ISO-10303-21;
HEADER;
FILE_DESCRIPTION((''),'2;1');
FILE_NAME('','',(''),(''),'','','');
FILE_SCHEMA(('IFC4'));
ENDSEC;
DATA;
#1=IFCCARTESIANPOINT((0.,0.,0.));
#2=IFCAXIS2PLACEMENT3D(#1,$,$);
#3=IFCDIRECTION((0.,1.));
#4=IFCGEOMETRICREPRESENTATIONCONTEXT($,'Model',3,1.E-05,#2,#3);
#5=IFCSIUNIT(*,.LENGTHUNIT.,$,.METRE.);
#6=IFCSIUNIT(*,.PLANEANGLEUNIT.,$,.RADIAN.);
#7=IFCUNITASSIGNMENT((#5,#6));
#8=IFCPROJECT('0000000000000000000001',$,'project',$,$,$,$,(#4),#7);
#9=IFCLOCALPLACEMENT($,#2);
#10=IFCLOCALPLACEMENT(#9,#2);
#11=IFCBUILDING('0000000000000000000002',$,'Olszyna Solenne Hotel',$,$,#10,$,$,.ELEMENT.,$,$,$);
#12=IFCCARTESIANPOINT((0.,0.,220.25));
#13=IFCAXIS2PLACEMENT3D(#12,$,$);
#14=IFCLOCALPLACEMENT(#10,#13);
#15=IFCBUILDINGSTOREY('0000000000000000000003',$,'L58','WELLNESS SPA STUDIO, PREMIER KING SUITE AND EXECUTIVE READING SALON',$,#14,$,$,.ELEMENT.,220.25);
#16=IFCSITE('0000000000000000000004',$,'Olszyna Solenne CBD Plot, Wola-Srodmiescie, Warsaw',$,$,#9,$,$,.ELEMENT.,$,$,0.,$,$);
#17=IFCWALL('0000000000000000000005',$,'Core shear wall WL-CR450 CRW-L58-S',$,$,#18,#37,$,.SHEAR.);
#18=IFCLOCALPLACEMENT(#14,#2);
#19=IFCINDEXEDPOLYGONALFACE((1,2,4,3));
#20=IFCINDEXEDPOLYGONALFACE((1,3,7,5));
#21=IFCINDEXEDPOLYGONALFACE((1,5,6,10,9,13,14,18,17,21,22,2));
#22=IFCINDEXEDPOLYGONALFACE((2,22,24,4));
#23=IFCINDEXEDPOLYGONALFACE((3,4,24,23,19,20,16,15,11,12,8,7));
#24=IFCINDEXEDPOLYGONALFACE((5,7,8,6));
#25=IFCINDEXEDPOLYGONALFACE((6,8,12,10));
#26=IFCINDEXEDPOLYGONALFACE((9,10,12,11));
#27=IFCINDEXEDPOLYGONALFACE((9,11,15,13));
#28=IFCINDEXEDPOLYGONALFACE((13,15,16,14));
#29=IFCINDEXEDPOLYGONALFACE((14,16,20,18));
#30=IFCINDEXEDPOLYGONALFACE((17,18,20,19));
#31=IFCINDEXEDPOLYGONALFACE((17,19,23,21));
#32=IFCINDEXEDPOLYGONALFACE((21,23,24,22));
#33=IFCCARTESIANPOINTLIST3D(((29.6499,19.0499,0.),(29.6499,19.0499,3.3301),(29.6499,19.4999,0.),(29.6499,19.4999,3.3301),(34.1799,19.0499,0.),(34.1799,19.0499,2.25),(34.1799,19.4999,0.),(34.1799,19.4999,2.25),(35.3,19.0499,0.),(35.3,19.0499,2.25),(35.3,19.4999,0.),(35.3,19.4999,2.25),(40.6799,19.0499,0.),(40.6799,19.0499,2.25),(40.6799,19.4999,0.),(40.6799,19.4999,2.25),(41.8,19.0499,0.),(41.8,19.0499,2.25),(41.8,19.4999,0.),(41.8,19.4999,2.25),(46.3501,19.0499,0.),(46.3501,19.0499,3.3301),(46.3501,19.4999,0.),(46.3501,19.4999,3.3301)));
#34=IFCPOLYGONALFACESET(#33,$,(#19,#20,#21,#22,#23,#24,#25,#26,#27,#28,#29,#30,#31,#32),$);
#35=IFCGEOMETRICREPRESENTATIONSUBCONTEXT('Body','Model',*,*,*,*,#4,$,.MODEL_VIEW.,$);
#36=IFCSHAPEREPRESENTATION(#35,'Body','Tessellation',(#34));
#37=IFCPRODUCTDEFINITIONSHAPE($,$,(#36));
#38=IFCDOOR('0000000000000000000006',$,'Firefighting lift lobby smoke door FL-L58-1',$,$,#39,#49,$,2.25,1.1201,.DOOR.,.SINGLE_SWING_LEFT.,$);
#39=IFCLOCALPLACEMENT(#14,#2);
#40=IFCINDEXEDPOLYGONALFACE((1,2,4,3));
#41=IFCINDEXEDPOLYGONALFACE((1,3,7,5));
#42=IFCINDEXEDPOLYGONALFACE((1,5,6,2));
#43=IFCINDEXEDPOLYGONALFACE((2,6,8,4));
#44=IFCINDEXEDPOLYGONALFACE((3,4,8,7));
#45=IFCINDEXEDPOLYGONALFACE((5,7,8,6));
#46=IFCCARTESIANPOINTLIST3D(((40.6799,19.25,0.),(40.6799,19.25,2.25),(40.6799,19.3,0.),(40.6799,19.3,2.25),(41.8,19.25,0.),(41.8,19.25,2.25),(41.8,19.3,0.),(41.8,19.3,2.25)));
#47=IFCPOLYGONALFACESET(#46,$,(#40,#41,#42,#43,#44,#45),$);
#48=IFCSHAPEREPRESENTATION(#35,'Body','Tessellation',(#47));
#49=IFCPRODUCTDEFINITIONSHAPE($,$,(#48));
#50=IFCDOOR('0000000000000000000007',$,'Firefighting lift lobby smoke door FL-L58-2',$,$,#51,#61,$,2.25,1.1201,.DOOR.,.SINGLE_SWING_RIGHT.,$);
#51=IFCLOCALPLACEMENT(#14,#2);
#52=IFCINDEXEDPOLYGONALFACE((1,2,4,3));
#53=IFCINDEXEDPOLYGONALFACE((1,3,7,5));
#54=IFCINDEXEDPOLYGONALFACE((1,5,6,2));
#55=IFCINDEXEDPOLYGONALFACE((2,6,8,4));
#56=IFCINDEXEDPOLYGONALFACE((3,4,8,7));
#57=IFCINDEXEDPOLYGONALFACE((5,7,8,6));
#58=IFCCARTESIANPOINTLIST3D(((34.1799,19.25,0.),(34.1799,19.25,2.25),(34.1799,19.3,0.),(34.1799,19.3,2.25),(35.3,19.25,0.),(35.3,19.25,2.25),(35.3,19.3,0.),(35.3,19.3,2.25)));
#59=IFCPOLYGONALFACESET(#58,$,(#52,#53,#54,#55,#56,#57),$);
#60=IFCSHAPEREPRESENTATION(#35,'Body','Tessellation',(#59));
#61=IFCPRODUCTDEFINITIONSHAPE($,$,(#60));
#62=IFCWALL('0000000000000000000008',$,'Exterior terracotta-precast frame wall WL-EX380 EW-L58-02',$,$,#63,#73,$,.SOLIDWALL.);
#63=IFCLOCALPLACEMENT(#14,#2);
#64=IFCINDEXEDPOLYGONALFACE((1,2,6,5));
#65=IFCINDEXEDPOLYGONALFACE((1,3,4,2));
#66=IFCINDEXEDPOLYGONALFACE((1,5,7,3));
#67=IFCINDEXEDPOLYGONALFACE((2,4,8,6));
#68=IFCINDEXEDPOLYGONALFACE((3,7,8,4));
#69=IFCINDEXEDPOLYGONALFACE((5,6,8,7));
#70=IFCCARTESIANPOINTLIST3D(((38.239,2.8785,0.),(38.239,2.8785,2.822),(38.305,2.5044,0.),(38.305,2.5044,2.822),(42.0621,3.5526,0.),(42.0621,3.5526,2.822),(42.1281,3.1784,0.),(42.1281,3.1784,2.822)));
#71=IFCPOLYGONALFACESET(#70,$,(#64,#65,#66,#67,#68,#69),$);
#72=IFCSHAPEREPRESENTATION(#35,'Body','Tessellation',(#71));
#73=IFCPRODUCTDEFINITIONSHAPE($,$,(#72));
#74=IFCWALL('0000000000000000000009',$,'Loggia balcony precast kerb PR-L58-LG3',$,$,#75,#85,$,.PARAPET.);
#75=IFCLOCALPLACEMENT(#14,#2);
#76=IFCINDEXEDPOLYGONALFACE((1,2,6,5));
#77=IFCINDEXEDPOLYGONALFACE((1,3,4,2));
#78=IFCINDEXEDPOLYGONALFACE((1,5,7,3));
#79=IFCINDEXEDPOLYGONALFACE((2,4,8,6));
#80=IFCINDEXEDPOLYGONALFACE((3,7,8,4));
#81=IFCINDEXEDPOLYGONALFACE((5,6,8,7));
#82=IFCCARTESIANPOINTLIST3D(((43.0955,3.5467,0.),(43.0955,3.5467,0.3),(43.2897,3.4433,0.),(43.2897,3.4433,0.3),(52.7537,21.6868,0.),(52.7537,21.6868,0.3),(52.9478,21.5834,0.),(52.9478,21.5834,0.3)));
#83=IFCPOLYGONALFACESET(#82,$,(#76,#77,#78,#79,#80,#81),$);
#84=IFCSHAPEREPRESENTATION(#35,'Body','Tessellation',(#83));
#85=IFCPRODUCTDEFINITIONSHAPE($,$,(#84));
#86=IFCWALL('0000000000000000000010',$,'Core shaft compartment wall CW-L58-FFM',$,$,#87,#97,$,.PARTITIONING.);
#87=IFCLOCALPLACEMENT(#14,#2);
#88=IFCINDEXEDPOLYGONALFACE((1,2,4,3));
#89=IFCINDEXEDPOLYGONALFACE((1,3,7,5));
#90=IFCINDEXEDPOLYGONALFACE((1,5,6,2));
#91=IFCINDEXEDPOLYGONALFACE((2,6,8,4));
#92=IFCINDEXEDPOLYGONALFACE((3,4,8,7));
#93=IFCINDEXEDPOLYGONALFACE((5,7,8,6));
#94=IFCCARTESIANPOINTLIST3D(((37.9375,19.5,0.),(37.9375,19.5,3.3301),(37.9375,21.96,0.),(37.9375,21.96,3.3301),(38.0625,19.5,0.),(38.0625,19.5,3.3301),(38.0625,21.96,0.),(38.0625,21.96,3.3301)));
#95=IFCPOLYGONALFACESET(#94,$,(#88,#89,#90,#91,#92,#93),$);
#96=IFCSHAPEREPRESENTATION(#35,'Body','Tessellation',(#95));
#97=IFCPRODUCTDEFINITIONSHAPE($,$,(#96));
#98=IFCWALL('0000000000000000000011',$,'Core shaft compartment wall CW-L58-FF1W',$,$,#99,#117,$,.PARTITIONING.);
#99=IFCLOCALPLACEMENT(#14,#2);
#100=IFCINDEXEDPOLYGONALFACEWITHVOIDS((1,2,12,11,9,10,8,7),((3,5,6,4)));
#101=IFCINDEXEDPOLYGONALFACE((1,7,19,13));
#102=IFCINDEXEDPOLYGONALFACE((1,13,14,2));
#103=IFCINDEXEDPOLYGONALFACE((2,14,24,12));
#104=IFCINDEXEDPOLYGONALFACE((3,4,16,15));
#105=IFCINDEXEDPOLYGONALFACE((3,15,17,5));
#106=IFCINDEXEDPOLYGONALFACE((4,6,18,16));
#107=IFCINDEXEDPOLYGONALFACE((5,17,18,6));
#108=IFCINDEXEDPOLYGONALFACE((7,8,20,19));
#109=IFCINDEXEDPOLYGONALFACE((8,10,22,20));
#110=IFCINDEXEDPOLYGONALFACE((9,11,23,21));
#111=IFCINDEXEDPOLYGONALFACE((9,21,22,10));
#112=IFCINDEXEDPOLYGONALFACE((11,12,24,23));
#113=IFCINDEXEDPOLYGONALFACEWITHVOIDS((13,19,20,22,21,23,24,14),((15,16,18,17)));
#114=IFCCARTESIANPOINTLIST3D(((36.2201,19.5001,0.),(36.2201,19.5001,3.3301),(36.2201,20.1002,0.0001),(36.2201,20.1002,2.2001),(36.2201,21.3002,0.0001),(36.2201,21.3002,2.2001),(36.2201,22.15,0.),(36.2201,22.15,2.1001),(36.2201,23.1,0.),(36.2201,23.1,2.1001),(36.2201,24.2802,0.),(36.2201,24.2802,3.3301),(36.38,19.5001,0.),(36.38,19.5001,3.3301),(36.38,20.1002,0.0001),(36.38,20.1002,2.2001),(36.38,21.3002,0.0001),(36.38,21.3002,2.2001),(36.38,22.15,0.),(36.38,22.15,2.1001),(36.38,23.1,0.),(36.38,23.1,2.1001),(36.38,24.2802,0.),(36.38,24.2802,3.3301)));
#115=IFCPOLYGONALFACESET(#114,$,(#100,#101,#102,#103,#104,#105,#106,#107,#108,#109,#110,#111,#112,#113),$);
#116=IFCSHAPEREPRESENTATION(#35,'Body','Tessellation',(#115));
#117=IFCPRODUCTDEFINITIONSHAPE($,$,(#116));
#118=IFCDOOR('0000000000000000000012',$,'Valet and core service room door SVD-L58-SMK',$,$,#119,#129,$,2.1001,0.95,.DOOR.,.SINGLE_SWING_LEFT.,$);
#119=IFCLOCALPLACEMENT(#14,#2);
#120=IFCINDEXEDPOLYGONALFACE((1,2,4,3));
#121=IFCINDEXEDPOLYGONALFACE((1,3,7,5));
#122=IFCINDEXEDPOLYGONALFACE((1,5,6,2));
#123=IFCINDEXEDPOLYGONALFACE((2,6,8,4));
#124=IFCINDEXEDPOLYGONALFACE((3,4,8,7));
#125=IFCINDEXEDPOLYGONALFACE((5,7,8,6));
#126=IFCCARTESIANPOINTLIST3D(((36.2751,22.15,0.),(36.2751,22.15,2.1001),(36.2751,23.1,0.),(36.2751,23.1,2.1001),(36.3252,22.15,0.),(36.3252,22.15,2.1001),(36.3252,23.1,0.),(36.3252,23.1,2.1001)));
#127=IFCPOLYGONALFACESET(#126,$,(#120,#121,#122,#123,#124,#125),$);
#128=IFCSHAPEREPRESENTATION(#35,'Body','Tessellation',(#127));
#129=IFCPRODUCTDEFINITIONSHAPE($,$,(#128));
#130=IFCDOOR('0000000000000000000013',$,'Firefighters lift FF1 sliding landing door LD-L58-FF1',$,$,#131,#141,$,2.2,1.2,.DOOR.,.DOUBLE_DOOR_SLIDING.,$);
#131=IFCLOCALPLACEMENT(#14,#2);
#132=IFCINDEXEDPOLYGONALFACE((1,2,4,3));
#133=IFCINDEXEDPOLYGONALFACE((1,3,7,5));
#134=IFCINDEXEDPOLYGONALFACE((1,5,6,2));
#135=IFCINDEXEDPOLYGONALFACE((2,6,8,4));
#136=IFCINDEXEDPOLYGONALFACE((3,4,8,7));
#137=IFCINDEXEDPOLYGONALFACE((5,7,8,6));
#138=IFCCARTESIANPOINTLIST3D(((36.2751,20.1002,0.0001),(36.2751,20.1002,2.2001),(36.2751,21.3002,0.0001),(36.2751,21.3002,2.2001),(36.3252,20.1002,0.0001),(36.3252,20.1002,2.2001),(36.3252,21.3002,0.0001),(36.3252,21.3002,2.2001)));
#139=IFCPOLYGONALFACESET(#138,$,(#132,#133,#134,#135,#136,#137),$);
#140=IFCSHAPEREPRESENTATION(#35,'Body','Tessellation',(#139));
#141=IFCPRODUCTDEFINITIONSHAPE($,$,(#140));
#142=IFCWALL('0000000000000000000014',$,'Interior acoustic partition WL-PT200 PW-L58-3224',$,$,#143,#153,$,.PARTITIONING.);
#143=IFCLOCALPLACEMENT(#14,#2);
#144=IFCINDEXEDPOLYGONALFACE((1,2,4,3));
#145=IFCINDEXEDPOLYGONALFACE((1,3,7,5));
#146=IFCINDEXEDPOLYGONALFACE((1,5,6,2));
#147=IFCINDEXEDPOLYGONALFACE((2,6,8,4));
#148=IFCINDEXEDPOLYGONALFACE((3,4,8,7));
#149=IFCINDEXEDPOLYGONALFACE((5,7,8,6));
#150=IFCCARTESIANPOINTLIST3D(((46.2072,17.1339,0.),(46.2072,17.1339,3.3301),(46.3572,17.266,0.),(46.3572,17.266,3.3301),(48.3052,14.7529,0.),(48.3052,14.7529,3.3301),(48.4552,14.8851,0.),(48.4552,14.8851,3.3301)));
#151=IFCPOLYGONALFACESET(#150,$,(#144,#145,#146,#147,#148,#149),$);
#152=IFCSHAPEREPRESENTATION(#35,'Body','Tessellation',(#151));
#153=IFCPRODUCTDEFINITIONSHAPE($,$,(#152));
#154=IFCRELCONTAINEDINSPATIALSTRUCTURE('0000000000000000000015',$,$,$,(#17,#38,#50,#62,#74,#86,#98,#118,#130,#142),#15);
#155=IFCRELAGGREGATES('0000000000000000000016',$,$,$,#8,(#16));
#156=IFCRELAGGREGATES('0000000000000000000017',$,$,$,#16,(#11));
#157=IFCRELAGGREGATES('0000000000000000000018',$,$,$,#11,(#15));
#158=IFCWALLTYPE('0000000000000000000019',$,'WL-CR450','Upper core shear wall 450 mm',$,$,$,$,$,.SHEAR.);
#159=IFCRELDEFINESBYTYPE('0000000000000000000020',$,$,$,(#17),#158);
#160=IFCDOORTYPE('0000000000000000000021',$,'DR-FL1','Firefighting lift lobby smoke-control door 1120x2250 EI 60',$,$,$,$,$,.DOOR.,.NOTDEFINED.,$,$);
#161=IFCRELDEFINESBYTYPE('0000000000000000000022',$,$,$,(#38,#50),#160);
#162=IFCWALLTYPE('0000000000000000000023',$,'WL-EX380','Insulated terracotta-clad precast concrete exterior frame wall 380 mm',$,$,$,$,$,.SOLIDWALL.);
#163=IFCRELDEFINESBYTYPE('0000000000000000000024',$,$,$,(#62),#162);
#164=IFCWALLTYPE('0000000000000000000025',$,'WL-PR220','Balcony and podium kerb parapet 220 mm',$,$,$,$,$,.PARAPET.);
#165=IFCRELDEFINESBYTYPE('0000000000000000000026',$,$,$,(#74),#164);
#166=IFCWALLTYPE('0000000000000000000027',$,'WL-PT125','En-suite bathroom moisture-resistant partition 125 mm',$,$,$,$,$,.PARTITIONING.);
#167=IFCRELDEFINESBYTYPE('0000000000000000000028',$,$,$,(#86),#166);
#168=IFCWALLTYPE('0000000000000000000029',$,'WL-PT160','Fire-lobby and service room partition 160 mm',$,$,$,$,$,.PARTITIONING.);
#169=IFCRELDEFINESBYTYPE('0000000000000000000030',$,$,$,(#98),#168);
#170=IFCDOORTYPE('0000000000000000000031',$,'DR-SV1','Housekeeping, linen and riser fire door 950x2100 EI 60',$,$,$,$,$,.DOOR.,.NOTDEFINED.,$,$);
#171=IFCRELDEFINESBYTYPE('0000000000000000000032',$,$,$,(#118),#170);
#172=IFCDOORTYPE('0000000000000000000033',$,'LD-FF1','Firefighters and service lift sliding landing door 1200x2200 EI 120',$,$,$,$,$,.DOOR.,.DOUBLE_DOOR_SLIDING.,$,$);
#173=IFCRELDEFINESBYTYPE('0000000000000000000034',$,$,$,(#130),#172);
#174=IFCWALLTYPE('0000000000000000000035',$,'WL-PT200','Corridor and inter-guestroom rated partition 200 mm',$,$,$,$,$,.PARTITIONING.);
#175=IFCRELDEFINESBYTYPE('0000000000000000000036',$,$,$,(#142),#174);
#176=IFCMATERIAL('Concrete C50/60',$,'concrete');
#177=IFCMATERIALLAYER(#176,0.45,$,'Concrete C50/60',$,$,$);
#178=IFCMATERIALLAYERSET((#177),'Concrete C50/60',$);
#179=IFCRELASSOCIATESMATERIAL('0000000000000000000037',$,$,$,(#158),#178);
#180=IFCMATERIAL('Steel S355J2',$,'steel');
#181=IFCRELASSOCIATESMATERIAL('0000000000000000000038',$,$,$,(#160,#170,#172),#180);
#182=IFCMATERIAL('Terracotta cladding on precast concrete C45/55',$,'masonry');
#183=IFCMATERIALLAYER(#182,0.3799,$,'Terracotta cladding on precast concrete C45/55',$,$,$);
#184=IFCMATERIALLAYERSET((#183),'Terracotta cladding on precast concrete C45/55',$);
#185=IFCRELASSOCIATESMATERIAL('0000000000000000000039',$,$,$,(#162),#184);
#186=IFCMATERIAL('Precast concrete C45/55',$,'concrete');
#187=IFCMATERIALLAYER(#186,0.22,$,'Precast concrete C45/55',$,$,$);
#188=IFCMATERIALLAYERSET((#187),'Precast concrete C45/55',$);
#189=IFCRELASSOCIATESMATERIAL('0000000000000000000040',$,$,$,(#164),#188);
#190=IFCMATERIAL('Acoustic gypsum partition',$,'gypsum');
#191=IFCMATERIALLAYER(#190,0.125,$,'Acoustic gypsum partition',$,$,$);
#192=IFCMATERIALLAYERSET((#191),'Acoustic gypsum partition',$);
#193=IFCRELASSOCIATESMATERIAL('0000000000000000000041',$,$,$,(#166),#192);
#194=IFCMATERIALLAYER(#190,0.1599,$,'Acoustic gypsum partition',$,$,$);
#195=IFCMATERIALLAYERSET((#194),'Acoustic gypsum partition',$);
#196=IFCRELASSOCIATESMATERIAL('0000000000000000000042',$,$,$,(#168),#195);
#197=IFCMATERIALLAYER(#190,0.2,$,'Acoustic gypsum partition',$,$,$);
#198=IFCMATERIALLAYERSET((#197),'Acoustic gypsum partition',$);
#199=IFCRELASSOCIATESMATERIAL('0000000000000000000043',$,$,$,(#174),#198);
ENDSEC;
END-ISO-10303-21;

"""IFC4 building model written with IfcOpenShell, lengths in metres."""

from ifc_helpers import new_model, si_unit, direction, frame, frame_2d, origin, place, context, subcontext, project, spatial, rectangle, extrude, source, transform, mapped, material, layer, layer_set, type_object, type_shapes, element, fill, save


model = new_model("IFC4")

# Units and contexts
model_context = context("Model", 3, precision=1e-05, world=origin(), true_north=direction((0.0, 1.0)))
body_context = subcontext(model_context, "Body", "Model", "MODEL_VIEW")
ifc_project = project(units=[si_unit("LENGTHUNIT", "METRE"), si_unit("PLANEANGLEUNIT", "RADIAN")], contexts=[model_context])

# Site, building, storey
site_placement = place(None, origin())
site = spatial("IfcSite", under=ifc_project, at=site_placement, Name="Olszyna Solenne CBD Plot, Wola-Srodmiescie, Warsaw", CompositionType="ELEMENT", RefElevation=0.0)
building_placement = place(site_placement, origin())
building = spatial("IfcBuilding", under=site, at=building_placement, Name="Olszyna Solenne Hotel", CompositionType="ELEMENT")
storey_placement = place(building_placement, frame((0.0, 0.0, 220.25)))
storey = spatial("IfcBuildingStorey", under=building, at=storey_placement, Name="L58", Description="WELLNESS SPA STUDIO, PREMIER KING SUITE AND EXECUTIVE READING SALON", CompositionType="ELEMENT", Elevation=220.25)

# Shared definitions
ifc_material_1 = material(Name="Steel S355J2", Category="steel")

# Wall, openings, doors
ifc_material_2 = material(Name="Concrete C50/60", Category="concrete")
ifc_layer_1 = layer(ifc_material_2, 0.45, Name="Concrete C50/60")
ifc_layer_set_1 = layer_set([ifc_layer_1], Name="Concrete C50/60")
wall_type_1 = type_object("IfcWallType", Name="WL-CR450", Description="Upper core shear wall 450 mm", PredefinedType="SHEAR", material=ifc_layer_set_1)
wall_1_placement = place(storey_placement, frame((46.3501, 19.2749, 0.0), z_axis=(0.0, 0.0, 1.0), x_axis=(-1.0, 0.0, 0.0)))
wall_1 = element("IfcWall", 1, at=wall_1_placement, inside=storey, type_object=wall_type_1, Name="Core shear wall WL-CR450 CRW-L58-S", PredefinedType="SHEAR", context=body_context, shape_type="SweptSolid", body=[
    extrude(rectangle(XDim=16.7002, YDim=0.45, at=frame_2d((8.3501, 0.0))), origin(), (0.0, 0.0, 1.0), 3.3301),
])
opening_1_placement = place(wall_1_placement, frame((4.55, 0.0, 0.0)))
opening_1 = element("IfcOpeningElement", 2, at=opening_1_placement, cuts=wall_1, PredefinedType="OPENING", context=body_context, shape_type="SweptSolid", body=[
    extrude(rectangle(XDim=1.1201, YDim=2.25, at=frame_2d((0.5601, 1.125))), frame((0.0, 0.2349, 0.0), z_axis=(0.0, -1.0, 0.0), x_axis=(1.0, 0.0, 0.0)), (0.0, 0.0, 1.0), 0.47),
])
opening_2_placement = place(wall_1_placement, frame((11.05, 0.0, 0.0)))
opening_2 = element("IfcOpeningElement", 3, at=opening_2_placement, cuts=wall_1, PredefinedType="OPENING", context=body_context, shape_type="SweptSolid", body=[
    extrude(rectangle(XDim=1.1201, YDim=2.25, at=frame_2d((0.5601, 1.125))), frame((0.0, 0.2349, 0.0), z_axis=(0.0, -1.0, 0.0), x_axis=(1.0, 0.0, 0.0)), (0.0, 0.0, 1.0), 0.47),
])
door_type_1 = type_object("IfcDoorType", Name="DR-FL1", Description="Firefighting lift lobby smoke-control door 1120x2250 EI 60", OperationType="NOTDEFINED", PredefinedType="DOOR", material=ifc_material_1)
shared_shape_1 = source(origin(), body_context, "Body", "SweptSolid", [
    extrude(rectangle(XDim=1.1201, YDim=2.25, at=frame_2d((0.5601, 1.125))), frame((0.0, 0.0249, 0.0), z_axis=(0.0, -1.0, 0.0), x_axis=(1.0, 0.0, 0.0)), (0.0, 0.0, 1.0), 0.05),
])
type_shapes(door_type_1, [shared_shape_1])
door_1_placement = place(opening_1_placement, origin())
door_1 = element("IfcDoor", 4, at=door_1_placement, inside=storey, type_object=door_type_1, Name="Firefighting lift lobby smoke door FL-L58-1", OperationType="SINGLE_SWING_LEFT", OverallHeight=2.25, OverallWidth=1.1201, PredefinedType="DOOR", context=body_context, shape_type="MappedRepresentation", body=[
    mapped(shared_shape_1, transform((0.0, 0.0, 0.0), x_axis=(1.0, 0.0, 0.0), y_axis=(0.0, 1.0, 0.0), z_axis=(0.0, 0.0, 1.0), scale=1.0)),
])
fill(opening_1, door_1)
door_2_placement = place(opening_2_placement, origin())
door_2 = element("IfcDoor", 5, at=door_2_placement, inside=storey, type_object=door_type_1, Name="Firefighting lift lobby smoke door FL-L58-2", OperationType="SINGLE_SWING_RIGHT", OverallHeight=2.25, OverallWidth=1.1201, PredefinedType="DOOR", context=body_context, shape_type="MappedRepresentation", body=[
    mapped(shared_shape_1, transform((0.0, 0.0, 0.0), x_axis=(1.0, 0.0, 0.0), y_axis=(0.0, 1.0, 0.0), z_axis=(0.0, 0.0, 1.0), scale=1.0)),
])
fill(opening_2, door_2)

# Walls
ifc_material_3 = material(Name="Terracotta cladding on precast concrete C45/55", Category="masonry")
ifc_layer_2 = layer(ifc_material_3, 0.3799, Name="Terracotta cladding on precast concrete C45/55")
ifc_layer_set_2 = layer_set([ifc_layer_2], Name="Terracotta cladding on precast concrete C45/55")
wall_type_2 = type_object("IfcWallType", Name="WL-EX380", Description="Insulated terracotta-clad precast concrete exterior frame wall 380 mm", PredefinedType="SOLIDWALL", material=ifc_layer_set_2)
wall_2_placement = place(storey_placement, frame((42.095, 3.3655, 0.0), z_axis=(0.0, 0.0, 1.0), x_axis=(-0.984809, -0.173642, 0.0)))
element("IfcWall", 6, at=wall_2_placement, inside=storey, type_object=wall_type_2, Name="Exterior terracotta-precast frame wall WL-EX380 EW-L58-02", PredefinedType="SOLIDWALL", context=body_context, shape_type="SweptSolid", body=[
    extrude(rectangle(XDim=3.8821, YDim=0.3799, at=frame_2d((1.9409, 0.0))), origin(), (0.0, 0.0, 1.0), 2.822),
])
ifc_material_4 = material(Name="Precast concrete C45/55", Category="concrete")
ifc_layer_3 = layer(ifc_material_4, 0.22, Name="Precast concrete C45/55")
ifc_layer_set_3 = layer_set([ifc_layer_3], Name="Precast concrete C45/55")
wall_type_3 = type_object("IfcWallType", Name="WL-PR220", Description="Balcony and podium kerb parapet 220 mm", PredefinedType="PARAPET", material=ifc_layer_set_3)
wall_3_placement = place(storey_placement, frame((43.1926, 3.4951, 0.0), z_axis=(0.0, 0.0, 1.0), x_axis=(0.469962, 0.882687, 0.0)))
element("IfcWall", 7, at=wall_3_placement, inside=storey, type_object=wall_type_3, Name="Loggia balcony precast kerb PR-L58-LG3", PredefinedType="PARAPET", context=body_context, shape_type="SweptSolid", body=[
    extrude(rectangle(XDim=20.551, YDim=0.22, at=frame_2d((10.2754, 0.0))), origin(), (0.0, 0.0, 1.0), 0.3),
])
ifc_material_5 = material(Name="Acoustic gypsum partition", Category="gypsum")
ifc_layer_4 = layer(ifc_material_5, 0.125, Name="Acoustic gypsum partition")
ifc_layer_set_4 = layer_set([ifc_layer_4], Name="Acoustic gypsum partition")
wall_type_4 = type_object("IfcWallType", Name="WL-PT125", Description="En-suite bathroom moisture-resistant partition 125 mm", PredefinedType="PARTITIONING", material=ifc_layer_set_4)
wall_4_placement = place(storey_placement, frame((38.0, 19.5, 0.0), z_axis=(0.0, 0.0, 1.0), x_axis=(0.0, 1.0, 0.0)))
element("IfcWall", 8, at=wall_4_placement, inside=storey, type_object=wall_type_4, Name="Core shaft compartment wall CW-L58-FFM", PredefinedType="PARTITIONING", context=body_context, shape_type="SweptSolid", body=[
    extrude(rectangle(XDim=2.46, YDim=0.125, at=frame_2d((1.23, 0.0))), origin(), (0.0, 0.0, 1.0), 3.3301),
])

# Wall, openings, doors
ifc_layer_5 = layer(ifc_material_5, 0.1599, Name="Acoustic gypsum partition")
ifc_layer_set_5 = layer_set([ifc_layer_5], Name="Acoustic gypsum partition")
wall_type_5 = type_object("IfcWallType", Name="WL-PT160", Description="Fire-lobby and service room partition 160 mm", PredefinedType="PARTITIONING", material=ifc_layer_set_5)
wall_5_placement = place(storey_placement, frame((36.3, 19.5, 0.0), z_axis=(0.0, 0.0, 1.0), x_axis=(0.0, 1.0, 0.0)))
wall_5 = element("IfcWall", 9, at=wall_5_placement, inside=storey, type_object=wall_type_5, Name="Core shaft compartment wall CW-L58-FF1W", PredefinedType="PARTITIONING", context=body_context, shape_type="SweptSolid", body=[
    extrude(rectangle(XDim=4.78, YDim=0.1599, at=frame_2d((2.3901, 0.0))), origin(), (0.0, 0.0, 1.0), 3.3301),
])
opening_3_placement = place(wall_5_placement, frame((0.6001, 0.0, 0.0)))
opening_3 = element("IfcOpeningElement", 10, at=opening_3_placement, cuts=wall_5, PredefinedType="OPENING", context=body_context, shape_type="SweptSolid", body=[
    extrude(rectangle(XDim=1.2, YDim=2.2, at=frame_2d((0.6001, 1.1001))), frame((0.0, 0.0898, 0.0), z_axis=(0.0, -1.0, 0.0), x_axis=(1.0, 0.0, 0.0)), (0.0, 0.0, 1.0), 0.1799),
])
opening_4_placement = place(wall_5_placement, frame((2.6499, 0.0, 0.0)))
opening_4 = element("IfcOpeningElement", 11, at=opening_4_placement, cuts=wall_5, PredefinedType="OPENING", context=body_context, shape_type="SweptSolid", body=[
    extrude(rectangle(XDim=0.95, YDim=2.1001, at=frame_2d((0.4751, 1.05))), frame((0.0, 0.0898, 0.0), z_axis=(0.0, -1.0, 0.0), x_axis=(1.0, 0.0, 0.0)), (0.0, 0.0, 1.0), 0.1799),
])
door_type_2 = type_object("IfcDoorType", Name="DR-SV1", Description="Housekeeping, linen and riser fire door 950x2100 EI 60", OperationType="NOTDEFINED", PredefinedType="DOOR", material=ifc_material_1)
shared_shape_2 = source(origin(), body_context, "Body", "SweptSolid", [
    extrude(rectangle(XDim=0.95, YDim=2.1001, at=frame_2d((0.4751, 1.05))), frame((0.0, 0.0249, 0.0), z_axis=(0.0, -1.0, 0.0), x_axis=(1.0, 0.0, 0.0)), (0.0, 0.0, 1.0), 0.05),
])
type_shapes(door_type_2, [shared_shape_2])
door_3_placement = place(opening_4_placement, origin())
door_3 = element("IfcDoor", 12, at=door_3_placement, inside=storey, type_object=door_type_2, Name="Valet and core service room door SVD-L58-SMK", OperationType="SINGLE_SWING_LEFT", OverallHeight=2.1001, OverallWidth=0.95, PredefinedType="DOOR", context=body_context, shape_type="MappedRepresentation", body=[
    mapped(shared_shape_2, transform((0.0, 0.0, 0.0), x_axis=(1.0, 0.0, 0.0), y_axis=(0.0, 1.0, 0.0), z_axis=(0.0, 0.0, 1.0), scale=1.0)),
])
fill(opening_4, door_3)
door_type_3 = type_object("IfcDoorType", Name="LD-FF1", Description="Firefighters and service lift sliding landing door 1200x2200 EI 120", OperationType="DOUBLE_DOOR_SLIDING", PredefinedType="DOOR", material=ifc_material_1)
shared_shape_3 = source(origin(), body_context, "Body", "SweptSolid", [
    extrude(rectangle(XDim=1.2, YDim=2.2, at=frame_2d((0.6001, 1.1001))), frame((0.0, 0.0249, 0.0), z_axis=(0.0, -1.0, 0.0), x_axis=(1.0, 0.0, 0.0)), (0.0, 0.0, 1.0), 0.05),
])
type_shapes(door_type_3, [shared_shape_3])
door_4_placement = place(opening_3_placement, origin())
door_4 = element("IfcDoor", 13, at=door_4_placement, inside=storey, type_object=door_type_3, Name="Firefighters lift FF1 sliding landing door LD-L58-FF1", OperationType="DOUBLE_DOOR_SLIDING", OverallHeight=2.2, OverallWidth=1.2, PredefinedType="DOOR", context=body_context, shape_type="MappedRepresentation", body=[
    mapped(shared_shape_3, transform((0.0, 0.0, 0.0), x_axis=(1.0, 0.0, 0.0), y_axis=(0.0, 1.0, 0.0), z_axis=(0.0, 0.0, 1.0), scale=1.0)),
])
fill(opening_3, door_4)

# Wall
ifc_layer_6 = layer(ifc_material_5, 0.2, Name="Acoustic gypsum partition")
ifc_layer_set_6 = layer_set([ifc_layer_6], Name="Acoustic gypsum partition")
wall_type_6 = type_object("IfcWallType", Name="WL-PT200", Description="Corridor and inter-guestroom rated partition 200 mm", PredefinedType="PARTITIONING", material=ifc_layer_set_6)
wall_6_placement = place(storey_placement, frame((46.2822, 17.2, 0.0), z_axis=(0.0, 0.0, 1.0), x_axis=(0.661115, -0.750284, 0.0)))
element("IfcWall", 14, at=wall_6_placement, inside=storey, type_object=wall_type_6, Name="Interior acoustic partition WL-PT200 PW-L58-3224", PredefinedType="PARTITIONING", context=body_context, shape_type="SweptSolid", body=[
    extrude(rectangle(XDim=3.1733, YDim=0.2, at=frame_2d((1.5867, 0.0))), origin(), (0.0, 0.0, 1.0), 3.3301),
])

save(model, "model.ifc")
